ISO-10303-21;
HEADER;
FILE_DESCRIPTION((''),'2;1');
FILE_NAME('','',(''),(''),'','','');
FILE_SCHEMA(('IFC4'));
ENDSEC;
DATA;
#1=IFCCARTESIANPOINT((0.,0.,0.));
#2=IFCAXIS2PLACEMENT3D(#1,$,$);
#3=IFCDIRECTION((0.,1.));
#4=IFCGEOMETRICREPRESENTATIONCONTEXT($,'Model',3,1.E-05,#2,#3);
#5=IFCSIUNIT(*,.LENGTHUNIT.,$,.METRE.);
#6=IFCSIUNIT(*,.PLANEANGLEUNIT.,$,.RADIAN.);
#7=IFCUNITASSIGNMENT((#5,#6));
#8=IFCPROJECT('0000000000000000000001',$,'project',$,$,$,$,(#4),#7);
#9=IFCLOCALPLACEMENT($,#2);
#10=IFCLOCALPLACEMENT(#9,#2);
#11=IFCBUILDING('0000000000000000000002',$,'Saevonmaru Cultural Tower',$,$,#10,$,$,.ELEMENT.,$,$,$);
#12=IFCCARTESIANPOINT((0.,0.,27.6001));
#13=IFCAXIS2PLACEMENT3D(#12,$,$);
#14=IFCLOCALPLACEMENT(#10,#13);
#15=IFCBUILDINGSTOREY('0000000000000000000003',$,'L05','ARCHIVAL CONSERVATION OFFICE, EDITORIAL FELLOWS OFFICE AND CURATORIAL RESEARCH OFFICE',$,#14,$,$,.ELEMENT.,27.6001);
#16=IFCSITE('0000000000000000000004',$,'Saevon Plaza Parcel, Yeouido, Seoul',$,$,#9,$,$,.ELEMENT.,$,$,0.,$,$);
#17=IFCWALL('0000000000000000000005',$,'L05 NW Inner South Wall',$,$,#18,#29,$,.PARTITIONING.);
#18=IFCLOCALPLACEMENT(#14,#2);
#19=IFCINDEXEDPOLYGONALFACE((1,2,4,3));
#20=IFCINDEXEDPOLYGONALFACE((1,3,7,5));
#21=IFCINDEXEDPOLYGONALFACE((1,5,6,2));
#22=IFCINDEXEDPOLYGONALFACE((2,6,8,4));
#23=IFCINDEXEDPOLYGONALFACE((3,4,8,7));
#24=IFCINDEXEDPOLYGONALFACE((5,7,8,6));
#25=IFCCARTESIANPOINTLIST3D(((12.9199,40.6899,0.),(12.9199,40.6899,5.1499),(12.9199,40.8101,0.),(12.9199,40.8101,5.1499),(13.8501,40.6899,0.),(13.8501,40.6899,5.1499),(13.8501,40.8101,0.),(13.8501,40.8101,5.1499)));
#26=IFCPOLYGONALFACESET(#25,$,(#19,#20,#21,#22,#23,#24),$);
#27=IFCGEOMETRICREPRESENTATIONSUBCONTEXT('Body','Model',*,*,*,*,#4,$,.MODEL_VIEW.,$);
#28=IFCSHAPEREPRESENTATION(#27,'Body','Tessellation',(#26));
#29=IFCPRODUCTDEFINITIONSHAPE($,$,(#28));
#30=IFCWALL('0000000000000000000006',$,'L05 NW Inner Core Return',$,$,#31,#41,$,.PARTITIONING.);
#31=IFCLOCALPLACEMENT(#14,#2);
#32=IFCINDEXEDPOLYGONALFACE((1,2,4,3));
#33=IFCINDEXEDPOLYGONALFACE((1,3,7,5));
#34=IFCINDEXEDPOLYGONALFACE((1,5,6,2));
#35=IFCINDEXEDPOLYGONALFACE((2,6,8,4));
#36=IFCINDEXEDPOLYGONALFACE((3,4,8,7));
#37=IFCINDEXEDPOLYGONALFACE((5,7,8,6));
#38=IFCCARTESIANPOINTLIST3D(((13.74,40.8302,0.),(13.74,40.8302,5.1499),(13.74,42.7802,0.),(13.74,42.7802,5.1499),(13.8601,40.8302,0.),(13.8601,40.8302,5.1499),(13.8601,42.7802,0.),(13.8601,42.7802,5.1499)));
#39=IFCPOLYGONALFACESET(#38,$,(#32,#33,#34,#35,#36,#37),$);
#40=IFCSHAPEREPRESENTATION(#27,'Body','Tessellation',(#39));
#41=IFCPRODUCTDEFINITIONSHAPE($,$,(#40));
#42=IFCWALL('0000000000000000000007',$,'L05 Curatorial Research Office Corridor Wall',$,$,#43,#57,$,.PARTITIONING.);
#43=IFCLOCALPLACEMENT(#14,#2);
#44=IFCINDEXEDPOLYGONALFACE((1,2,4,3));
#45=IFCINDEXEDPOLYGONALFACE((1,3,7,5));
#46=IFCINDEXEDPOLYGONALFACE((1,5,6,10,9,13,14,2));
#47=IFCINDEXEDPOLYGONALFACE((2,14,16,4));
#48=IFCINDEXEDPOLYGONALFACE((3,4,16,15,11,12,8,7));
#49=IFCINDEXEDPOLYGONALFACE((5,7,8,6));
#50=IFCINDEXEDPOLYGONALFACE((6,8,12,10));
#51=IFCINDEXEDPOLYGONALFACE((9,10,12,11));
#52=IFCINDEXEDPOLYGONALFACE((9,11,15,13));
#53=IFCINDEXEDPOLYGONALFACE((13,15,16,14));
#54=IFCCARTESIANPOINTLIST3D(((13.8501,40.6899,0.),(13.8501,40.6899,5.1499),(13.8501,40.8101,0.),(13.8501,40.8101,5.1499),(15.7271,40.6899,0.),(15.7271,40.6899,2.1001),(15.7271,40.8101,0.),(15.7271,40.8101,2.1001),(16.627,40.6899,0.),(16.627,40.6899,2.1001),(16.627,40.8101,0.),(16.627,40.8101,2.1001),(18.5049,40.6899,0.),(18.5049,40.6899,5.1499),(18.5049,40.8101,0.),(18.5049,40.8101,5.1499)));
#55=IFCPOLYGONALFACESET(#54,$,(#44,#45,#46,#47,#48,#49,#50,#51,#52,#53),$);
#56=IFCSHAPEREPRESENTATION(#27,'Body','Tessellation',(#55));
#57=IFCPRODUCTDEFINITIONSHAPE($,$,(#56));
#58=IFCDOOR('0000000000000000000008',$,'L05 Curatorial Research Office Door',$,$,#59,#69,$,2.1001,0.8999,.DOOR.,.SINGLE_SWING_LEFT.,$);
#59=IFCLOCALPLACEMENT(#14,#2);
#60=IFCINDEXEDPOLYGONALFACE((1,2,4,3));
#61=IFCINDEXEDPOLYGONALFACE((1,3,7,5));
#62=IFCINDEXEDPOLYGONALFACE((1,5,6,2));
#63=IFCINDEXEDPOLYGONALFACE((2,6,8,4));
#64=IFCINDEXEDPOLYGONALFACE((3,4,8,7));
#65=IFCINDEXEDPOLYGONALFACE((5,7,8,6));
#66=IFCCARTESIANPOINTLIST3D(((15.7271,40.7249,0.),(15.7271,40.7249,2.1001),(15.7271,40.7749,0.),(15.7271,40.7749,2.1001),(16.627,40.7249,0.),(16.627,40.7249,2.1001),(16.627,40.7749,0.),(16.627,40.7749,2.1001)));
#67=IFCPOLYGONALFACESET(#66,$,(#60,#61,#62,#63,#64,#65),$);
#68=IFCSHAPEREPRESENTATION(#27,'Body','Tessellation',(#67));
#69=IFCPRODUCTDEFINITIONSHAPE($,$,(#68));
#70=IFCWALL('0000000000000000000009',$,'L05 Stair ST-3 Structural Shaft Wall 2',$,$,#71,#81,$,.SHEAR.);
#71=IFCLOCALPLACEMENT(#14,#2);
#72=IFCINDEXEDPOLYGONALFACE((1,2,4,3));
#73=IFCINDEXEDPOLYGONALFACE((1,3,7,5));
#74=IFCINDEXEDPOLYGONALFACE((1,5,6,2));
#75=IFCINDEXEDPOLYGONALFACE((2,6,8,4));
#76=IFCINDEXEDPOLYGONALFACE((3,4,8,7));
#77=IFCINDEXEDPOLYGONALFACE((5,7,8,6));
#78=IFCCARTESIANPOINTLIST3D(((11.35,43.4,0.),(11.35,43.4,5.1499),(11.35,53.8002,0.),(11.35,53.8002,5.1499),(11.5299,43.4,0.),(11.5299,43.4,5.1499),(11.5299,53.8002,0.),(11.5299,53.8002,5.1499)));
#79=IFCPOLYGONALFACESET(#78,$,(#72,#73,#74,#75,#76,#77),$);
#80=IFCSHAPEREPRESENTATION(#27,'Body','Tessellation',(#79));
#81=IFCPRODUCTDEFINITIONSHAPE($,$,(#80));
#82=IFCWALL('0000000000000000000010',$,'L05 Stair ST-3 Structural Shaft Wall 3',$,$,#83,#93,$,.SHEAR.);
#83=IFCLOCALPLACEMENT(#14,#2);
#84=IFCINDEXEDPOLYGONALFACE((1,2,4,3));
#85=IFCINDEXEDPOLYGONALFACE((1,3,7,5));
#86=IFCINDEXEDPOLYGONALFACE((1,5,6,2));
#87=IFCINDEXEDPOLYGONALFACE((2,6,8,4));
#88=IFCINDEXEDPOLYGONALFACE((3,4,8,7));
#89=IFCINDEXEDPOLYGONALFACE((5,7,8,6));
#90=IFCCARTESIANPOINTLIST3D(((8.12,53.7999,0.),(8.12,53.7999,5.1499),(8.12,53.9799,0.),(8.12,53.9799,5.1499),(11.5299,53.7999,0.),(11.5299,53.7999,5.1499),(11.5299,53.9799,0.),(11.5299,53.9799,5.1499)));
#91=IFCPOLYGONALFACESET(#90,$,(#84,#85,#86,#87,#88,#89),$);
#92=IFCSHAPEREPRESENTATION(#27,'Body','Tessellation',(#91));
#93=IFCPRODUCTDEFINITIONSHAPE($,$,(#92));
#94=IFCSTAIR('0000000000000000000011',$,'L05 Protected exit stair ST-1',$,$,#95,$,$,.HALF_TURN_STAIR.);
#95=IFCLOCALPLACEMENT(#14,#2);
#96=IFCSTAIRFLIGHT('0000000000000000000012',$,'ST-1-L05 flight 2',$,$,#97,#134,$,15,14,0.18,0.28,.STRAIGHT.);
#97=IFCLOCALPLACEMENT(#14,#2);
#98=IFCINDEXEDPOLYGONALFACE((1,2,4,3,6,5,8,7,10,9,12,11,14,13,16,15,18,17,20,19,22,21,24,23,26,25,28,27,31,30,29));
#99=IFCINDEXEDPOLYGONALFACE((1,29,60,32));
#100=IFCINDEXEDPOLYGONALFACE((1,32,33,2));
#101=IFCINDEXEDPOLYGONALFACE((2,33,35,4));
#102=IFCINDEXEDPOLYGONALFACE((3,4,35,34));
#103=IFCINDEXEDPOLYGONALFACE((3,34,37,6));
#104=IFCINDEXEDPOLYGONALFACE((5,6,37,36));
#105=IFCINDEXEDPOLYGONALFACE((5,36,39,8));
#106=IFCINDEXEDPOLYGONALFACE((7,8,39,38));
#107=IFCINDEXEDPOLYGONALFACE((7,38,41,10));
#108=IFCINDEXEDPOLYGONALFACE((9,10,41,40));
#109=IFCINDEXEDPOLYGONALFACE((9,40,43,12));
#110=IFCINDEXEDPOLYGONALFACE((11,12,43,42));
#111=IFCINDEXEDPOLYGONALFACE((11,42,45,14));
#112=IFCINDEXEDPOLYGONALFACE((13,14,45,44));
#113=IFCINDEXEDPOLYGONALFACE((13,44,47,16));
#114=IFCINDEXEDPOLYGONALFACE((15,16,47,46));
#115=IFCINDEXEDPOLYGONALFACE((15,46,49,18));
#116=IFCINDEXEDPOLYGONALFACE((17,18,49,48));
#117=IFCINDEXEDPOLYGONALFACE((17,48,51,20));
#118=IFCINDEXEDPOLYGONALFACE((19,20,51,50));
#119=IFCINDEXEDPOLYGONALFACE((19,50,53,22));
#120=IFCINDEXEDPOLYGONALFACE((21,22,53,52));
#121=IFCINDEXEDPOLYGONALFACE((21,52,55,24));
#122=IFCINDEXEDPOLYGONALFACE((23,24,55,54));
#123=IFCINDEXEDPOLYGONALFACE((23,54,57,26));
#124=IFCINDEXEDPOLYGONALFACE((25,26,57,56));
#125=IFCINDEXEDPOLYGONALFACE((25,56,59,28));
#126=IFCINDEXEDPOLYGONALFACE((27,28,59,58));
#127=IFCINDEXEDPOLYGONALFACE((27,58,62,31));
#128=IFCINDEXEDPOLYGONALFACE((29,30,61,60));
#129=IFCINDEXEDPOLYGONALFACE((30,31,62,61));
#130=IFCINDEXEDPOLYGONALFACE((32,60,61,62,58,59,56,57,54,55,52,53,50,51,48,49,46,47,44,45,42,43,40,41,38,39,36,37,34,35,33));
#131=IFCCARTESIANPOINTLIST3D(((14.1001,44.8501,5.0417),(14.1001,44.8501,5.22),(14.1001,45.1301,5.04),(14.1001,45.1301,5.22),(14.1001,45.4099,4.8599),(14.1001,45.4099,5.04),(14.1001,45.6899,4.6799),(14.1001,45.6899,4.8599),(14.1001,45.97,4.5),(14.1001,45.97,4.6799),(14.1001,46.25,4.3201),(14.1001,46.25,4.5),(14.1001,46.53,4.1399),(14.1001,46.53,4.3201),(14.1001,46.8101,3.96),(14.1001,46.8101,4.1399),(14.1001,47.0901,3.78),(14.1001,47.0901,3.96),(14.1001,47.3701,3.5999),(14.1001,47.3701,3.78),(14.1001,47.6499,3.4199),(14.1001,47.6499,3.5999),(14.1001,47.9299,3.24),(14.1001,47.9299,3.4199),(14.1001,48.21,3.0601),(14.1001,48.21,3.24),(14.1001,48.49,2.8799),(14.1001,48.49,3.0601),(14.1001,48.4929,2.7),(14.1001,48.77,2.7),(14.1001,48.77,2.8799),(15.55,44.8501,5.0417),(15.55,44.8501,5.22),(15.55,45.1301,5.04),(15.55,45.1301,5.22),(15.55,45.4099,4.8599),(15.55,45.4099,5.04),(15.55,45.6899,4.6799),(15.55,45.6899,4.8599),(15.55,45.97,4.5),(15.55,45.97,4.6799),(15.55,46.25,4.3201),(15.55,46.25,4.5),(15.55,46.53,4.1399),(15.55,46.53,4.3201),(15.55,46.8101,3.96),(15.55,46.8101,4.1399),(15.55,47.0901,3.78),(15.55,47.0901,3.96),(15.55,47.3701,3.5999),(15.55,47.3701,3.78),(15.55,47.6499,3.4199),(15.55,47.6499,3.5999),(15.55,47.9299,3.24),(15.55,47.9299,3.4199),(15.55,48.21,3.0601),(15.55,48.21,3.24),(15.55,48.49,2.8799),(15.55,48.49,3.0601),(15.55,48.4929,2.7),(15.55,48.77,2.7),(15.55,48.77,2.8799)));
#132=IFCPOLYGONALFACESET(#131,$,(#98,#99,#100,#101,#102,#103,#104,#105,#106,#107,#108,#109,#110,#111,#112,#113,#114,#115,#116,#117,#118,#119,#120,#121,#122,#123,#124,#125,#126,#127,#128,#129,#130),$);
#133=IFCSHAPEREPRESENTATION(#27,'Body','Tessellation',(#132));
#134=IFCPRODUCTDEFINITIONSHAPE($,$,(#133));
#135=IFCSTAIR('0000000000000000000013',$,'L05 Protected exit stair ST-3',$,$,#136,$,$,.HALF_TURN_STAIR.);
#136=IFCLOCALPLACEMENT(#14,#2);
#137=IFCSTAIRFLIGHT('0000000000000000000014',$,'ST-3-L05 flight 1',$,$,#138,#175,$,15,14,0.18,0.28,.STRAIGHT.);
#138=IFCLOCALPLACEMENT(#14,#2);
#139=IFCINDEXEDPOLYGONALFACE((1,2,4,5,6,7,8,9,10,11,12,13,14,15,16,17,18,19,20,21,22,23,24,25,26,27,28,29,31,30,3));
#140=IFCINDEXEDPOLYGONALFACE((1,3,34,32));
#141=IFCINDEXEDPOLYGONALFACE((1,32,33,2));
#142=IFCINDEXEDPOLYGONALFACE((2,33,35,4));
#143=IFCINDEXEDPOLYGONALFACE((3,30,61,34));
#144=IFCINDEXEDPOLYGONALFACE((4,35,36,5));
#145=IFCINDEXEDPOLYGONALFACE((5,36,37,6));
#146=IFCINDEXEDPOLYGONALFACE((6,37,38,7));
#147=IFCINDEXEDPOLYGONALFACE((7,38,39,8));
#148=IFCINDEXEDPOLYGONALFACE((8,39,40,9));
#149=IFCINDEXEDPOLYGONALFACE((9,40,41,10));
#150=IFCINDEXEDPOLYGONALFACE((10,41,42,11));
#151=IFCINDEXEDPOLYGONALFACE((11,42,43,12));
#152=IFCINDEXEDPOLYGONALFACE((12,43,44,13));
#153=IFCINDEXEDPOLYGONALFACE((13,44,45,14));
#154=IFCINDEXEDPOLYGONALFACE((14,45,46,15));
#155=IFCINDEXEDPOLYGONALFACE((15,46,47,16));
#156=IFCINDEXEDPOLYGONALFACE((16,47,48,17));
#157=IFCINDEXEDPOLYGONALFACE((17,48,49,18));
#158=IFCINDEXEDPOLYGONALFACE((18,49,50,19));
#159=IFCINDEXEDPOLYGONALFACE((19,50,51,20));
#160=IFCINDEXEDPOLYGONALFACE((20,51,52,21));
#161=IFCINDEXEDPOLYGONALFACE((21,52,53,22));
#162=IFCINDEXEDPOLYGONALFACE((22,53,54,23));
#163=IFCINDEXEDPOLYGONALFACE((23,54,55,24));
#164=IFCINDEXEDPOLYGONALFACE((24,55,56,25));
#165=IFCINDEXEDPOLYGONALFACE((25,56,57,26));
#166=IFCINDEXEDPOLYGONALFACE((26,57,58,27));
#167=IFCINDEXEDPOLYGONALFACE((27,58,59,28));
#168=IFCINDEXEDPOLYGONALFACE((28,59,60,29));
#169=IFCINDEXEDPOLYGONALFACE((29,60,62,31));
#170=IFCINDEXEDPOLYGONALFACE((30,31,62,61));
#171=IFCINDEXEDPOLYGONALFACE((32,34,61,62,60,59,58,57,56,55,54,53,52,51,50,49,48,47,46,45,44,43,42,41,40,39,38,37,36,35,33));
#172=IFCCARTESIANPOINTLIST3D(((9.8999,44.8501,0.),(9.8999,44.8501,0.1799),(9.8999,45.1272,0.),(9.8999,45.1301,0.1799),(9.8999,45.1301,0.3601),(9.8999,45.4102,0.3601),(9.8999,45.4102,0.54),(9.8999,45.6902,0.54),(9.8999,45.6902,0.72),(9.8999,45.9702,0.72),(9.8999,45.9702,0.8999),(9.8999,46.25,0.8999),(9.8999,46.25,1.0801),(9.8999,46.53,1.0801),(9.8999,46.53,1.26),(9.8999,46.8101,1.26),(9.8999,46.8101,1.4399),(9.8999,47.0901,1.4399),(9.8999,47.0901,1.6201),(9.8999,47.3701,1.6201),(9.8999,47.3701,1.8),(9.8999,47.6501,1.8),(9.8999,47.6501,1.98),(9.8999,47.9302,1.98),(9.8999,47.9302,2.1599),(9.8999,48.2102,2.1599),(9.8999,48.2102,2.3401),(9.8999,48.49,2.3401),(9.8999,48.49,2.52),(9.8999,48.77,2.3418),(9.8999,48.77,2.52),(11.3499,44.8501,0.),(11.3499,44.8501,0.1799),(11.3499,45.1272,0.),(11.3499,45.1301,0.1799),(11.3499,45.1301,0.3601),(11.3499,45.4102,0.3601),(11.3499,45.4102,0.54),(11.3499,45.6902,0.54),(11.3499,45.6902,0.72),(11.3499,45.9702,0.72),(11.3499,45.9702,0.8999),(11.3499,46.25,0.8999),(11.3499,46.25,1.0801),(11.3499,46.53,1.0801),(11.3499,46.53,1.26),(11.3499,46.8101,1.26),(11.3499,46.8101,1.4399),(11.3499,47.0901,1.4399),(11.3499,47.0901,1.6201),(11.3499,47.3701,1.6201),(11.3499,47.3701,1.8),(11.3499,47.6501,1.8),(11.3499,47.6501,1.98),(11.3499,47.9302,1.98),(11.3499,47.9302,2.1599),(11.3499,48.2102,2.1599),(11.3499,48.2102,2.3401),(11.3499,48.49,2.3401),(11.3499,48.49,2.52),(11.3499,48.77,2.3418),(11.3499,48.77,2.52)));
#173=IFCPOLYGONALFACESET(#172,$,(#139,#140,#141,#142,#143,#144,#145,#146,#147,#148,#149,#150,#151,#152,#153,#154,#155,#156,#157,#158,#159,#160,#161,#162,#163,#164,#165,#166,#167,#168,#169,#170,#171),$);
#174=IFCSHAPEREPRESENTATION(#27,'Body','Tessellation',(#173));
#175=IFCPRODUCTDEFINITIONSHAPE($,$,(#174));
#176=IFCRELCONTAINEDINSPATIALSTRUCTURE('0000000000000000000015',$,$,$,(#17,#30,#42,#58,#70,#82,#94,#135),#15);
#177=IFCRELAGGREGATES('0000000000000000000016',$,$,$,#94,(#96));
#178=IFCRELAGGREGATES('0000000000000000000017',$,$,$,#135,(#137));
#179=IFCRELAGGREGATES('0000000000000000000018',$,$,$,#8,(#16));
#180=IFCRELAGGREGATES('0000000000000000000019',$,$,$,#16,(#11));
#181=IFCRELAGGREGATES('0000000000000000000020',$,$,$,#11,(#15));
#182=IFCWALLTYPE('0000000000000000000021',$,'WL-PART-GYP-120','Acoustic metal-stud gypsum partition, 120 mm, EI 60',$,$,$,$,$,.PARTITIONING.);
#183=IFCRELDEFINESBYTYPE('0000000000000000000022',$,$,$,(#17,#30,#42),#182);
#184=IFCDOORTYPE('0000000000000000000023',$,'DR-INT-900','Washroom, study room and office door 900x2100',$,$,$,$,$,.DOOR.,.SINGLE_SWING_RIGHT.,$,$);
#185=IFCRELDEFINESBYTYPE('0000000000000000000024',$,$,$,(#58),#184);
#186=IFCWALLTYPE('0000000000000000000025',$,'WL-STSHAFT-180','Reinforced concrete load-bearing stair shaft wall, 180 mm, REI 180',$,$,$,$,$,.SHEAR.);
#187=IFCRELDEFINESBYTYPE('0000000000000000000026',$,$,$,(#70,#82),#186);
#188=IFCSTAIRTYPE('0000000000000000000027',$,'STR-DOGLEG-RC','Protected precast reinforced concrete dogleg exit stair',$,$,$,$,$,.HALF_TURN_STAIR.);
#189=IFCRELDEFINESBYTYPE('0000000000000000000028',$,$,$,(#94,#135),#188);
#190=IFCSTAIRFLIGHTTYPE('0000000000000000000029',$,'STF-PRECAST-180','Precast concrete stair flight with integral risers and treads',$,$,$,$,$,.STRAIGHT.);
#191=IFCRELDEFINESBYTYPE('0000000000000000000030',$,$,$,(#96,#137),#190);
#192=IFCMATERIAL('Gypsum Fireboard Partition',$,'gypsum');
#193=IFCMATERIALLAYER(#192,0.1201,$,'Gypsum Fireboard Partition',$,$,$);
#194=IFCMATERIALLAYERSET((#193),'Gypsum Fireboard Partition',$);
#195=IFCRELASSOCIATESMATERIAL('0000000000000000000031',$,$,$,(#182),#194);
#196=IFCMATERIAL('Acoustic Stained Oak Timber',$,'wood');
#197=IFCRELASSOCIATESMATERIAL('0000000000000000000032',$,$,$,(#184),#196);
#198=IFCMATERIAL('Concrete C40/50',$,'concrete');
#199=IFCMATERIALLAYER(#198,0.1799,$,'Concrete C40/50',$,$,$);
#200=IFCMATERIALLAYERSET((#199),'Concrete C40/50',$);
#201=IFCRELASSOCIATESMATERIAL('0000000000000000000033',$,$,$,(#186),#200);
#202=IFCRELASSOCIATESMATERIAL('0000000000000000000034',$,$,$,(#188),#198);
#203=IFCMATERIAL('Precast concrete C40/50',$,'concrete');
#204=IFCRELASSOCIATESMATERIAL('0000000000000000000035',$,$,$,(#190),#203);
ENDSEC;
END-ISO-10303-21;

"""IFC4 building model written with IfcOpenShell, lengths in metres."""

from ifc_helpers import new_model, si_unit, direction, frame, frame_2d, origin, place, context, subcontext, project, spatial, polyline, rectangle, outline, extrude, material, layer, layer_set, type_object, element, fill, aggregate, save


model = new_model("IFC4")

# Units and contexts
model_context = context("Model", 3, precision=1e-05, world=origin(), true_north=direction((0.0, 1.0)))
body_context = subcontext(model_context, "Body", "Model", "MODEL_VIEW")
ifc_project = project(units=[si_unit("LENGTHUNIT", "METRE"), si_unit("PLANEANGLEUNIT", "RADIAN")], contexts=[model_context])

# Site, building, storey
site_placement = place(None, origin())
site = spatial("IfcSite", under=ifc_project, at=site_placement, Name="Saevon Plaza Parcel, Yeouido, Seoul", CompositionType="ELEMENT", RefElevation=0.0)
building_placement = place(site_placement, origin())
building = spatial("IfcBuilding", under=site, at=building_placement, Name="Saevonmaru Cultural Tower", CompositionType="ELEMENT")
storey_placement = place(building_placement, frame((0.0, 0.0, 27.6001)))
storey = spatial("IfcBuildingStorey", under=building, at=storey_placement, Name="L05", Description="ARCHIVAL CONSERVATION OFFICE, EDITORIAL FELLOWS OFFICE AND CURATORIAL RESEARCH OFFICE", CompositionType="ELEMENT", Elevation=27.6001)

# Walls
ifc_material_1 = material(Name="Gypsum Fireboard Partition", Category="gypsum")
ifc_layer_1 = layer(ifc_material_1, 0.1201, Name="Gypsum Fireboard Partition")
ifc_layer_set_1 = layer_set([ifc_layer_1], Name="Gypsum Fireboard Partition")
wall_type_1 = type_object("IfcWallType", Name="WL-PART-GYP-120", Description="Acoustic metal-stud gypsum partition, 120 mm, EI 60", PredefinedType="PARTITIONING", material=ifc_layer_set_1)
wall_1_placement = place(storey_placement, frame((12.9199, 40.75, 0.0), z_axis=(0.0, 0.0, 1.0), x_axis=(1.0, 0.0, 0.0)))
element("IfcWall", 1, at=wall_1_placement, inside=storey, type_object=wall_type_1, Name="L05 NW Inner South Wall", PredefinedType="PARTITIONING", context=body_context, shape_type="SweptSolid", body=[
    extrude(rectangle(XDim=0.9302, YDim=0.1201, at=frame_2d((0.4651, 0.0))), origin(), (0.0, 0.0, 1.0), 5.1499),
])
wall_2_placement = place(storey_placement, frame((13.8, 40.8301, 0.0), z_axis=(0.0, 0.0, 1.0), x_axis=(0.0, 1.0, 0.0)))
element("IfcWall", 2, at=wall_2_placement, inside=storey, type_object=wall_type_1, Name="L05 NW Inner Core Return", PredefinedType="PARTITIONING", context=body_context, shape_type="SweptSolid", body=[
    extrude(rectangle(XDim=1.95, YDim=0.1201, at=frame_2d((0.9751, 0.0))), origin(), (0.0, 0.0, 1.0), 5.1499),
])

# Wall, opening, door
wall_3_placement = place(storey_placement, frame((13.8501, 40.75, 0.0), z_axis=(0.0, 0.0, 1.0), x_axis=(1.0, 0.0, 0.0)))
wall_3 = element("IfcWall", 3, at=wall_3_placement, inside=storey, type_object=wall_type_1, Name="L05 Curatorial Research Office Corridor Wall", PredefinedType="PARTITIONING", context=body_context, shape_type="SweptSolid", body=[
    extrude(rectangle(XDim=4.6548, YDim=0.1201, at=frame_2d((2.3274, 0.0))), origin(), (0.0, 0.0, 1.0), 5.1499),
])
opening_1_placement = place(wall_3_placement, frame((1.877, 0.0, 0.0)))
opening_1 = element("IfcOpeningElement", 4, at=opening_1_placement, cuts=wall_3, PredefinedType="OPENING", context=body_context, shape_type="SweptSolid", body=[
    extrude(rectangle(XDim=0.8999, YDim=2.1001, at=frame_2d((0.45, 1.05))), frame((0.0, 0.0701, 0.0), z_axis=(0.0, -1.0, 0.0), x_axis=(1.0, 0.0, 0.0)), (0.0, 0.0, 1.0), 0.1401),
])
ifc_material_2 = material(Name="Acoustic Stained Oak Timber", Category="wood")
door_type_1 = type_object("IfcDoorType", Name="DR-INT-900", Description="Washroom, study room and office door 900x2100", OperationType="SINGLE_SWING_RIGHT", PredefinedType="DOOR", material=ifc_material_2)
door_1_placement = place(opening_1_placement, origin())
door_1 = element("IfcDoor", 5, at=door_1_placement, inside=storey, type_object=door_type_1, Name="L05 Curatorial Research Office Door", OperationType="SINGLE_SWING_LEFT", OverallHeight=2.1001, OverallWidth=0.8999, PredefinedType="DOOR", context=body_context, shape_type="SweptSolid", body=[
    extrude(rectangle(XDim=0.8999, YDim=2.1001, at=frame_2d((0.45, 1.05))), frame((0.0, 0.0249, 0.0), z_axis=(0.0, -1.0, 0.0), x_axis=(1.0, 0.0, 0.0)), (0.0, 0.0, 1.0), 0.05),
])
fill(opening_1, door_1)

# Walls
ifc_material_3 = material(Name="Concrete C40/50", Category="concrete")
ifc_layer_2 = layer(ifc_material_3, 0.1799, Name="Concrete C40/50")
ifc_layer_set_2 = layer_set([ifc_layer_2], Name="Concrete C40/50")
wall_type_2 = type_object("IfcWallType", Name="WL-STSHAFT-180", Description="Reinforced concrete load-bearing stair shaft wall, 180 mm, REI 180", PredefinedType="SHEAR", material=ifc_layer_set_2)
wall_4_placement = place(storey_placement, frame((11.4399, 43.3999, 0.0), z_axis=(0.0, 0.0, 1.0), x_axis=(0.0, 1.0, 0.0)))
element("IfcWall", 6, at=wall_4_placement, inside=storey, type_object=wall_type_2, Name="L05 Stair ST-3 Structural Shaft Wall 2", PredefinedType="SHEAR", context=body_context, shape_type="SweptSolid", body=[
    extrude(rectangle(XDim=10.4001, YDim=0.1799, at=frame_2d((5.2002, 0.0))), origin(), (0.0, 0.0, 1.0), 5.1499),
])
wall_5_placement = place(storey_placement, frame((11.53, 53.8899, 0.0), z_axis=(0.0, 0.0, 1.0), x_axis=(-1.0, 0.0, 0.0)))
element("IfcWall", 7, at=wall_5_placement, inside=storey, type_object=wall_type_2, Name="L05 Stair ST-3 Structural Shaft Wall 3", PredefinedType="SHEAR", context=body_context, shape_type="SweptSolid", body=[
    extrude(rectangle(XDim=3.4099, YDim=0.1799, at=frame_2d((1.7051, 0.0))), origin(), (0.0, 0.0, 1.0), 5.1499),
])

# Stairs, stair flights
stair_type = type_object("IfcStairType", Name="STR-DOGLEG-RC", Description="Protected precast reinforced concrete dogleg exit stair", PredefinedType="HALF_TURN_STAIR", material=ifc_material_3)
stair_1_placement = place(storey_placement, origin())
stair_1 = element("IfcStair", 8, at=stair_1_placement, inside=storey, type_object=stair_type, Name="L05 Protected exit stair ST-1", PredefinedType="HALF_TURN_STAIR")
ifc_material_4 = material(Name="Precast concrete C40/50", Category="concrete")
stair_flight_type = type_object("IfcStairFlightType", Name="STF-PRECAST-180", Description="Precast concrete stair flight with integral risers and treads", PredefinedType="STRAIGHT", material=ifc_material_4)
stair_flight_1_placement = place(storey_placement, frame((14.825, 48.77, 2.7), z_axis=(0.0, 0.0, 1.0), x_axis=(0.0, -1.0, 0.0)))
stair_flight_1 = element("IfcStairFlight", 9, at=stair_flight_1_placement, type_object=stair_flight_type, Name="ST-1-L05 flight 2", NumberOfRisers=15, NumberOfTreads=14, PredefinedType="STRAIGHT", RiserHeight=0.18, TreadLength=0.28, context=body_context, shape_type="SweptSolid", body=[
    extrude(outline(polyline([(0.0, 0.0), (0.0, 0.1799), (0.28, 0.1799), (0.28, 0.3601), (0.5601, 0.3601), (0.5601, 0.54), (0.8401, 0.54), (0.8401, 0.72), (1.1201, 0.72), (1.1201, 0.8999), (1.3999, 0.8999), (1.3999, 1.0801), (1.6799, 1.0801), (1.6799, 1.26), (1.96, 1.26), (1.96, 1.4399), (2.24, 1.4399), (2.24, 1.6201), (2.52, 1.6201), (2.52, 1.8), (2.8, 1.8), (2.8, 1.98), (3.0801, 1.98), (3.0801, 2.1599), (3.3601, 2.1599), (3.3601, 2.3401), (3.6399, 2.3401), (3.6399, 2.52), (3.9199, 2.52), (3.9199, 2.7), (3.9199, 2.3418), (0.2771, 0.0), (0.0, 0.0)])), frame((0.0, 0.7251, 0.0), z_axis=(0.0, -1.0, 0.0), x_axis=(1.0, 0.0, 0.0)), (0.0, 0.0, 1.0), 1.45),
])
aggregate(stair_1, [stair_flight_1])
stair_2_placement = place(storey_placement, origin())
stair_2 = element("IfcStair", 10, at=stair_2_placement, inside=storey, type_object=stair_type, Name="L05 Protected exit stair ST-3", PredefinedType="HALF_TURN_STAIR")
stair_flight_2_placement = place(storey_placement, frame((10.625, 44.8501, 0.0), z_axis=(0.0, 0.0, 1.0), x_axis=(0.0, 1.0, 0.0)))
stair_flight_2 = element("IfcStairFlight", 11, at=stair_flight_2_placement, type_object=stair_flight_type, Name="ST-3-L05 flight 1", NumberOfRisers=15, NumberOfTreads=14, PredefinedType="STRAIGHT", RiserHeight=0.18, TreadLength=0.28, context=body_context, shape_type="SweptSolid", body=[
    extrude(outline(polyline([(0.0, 0.0), (0.0, 0.1799), (0.28, 0.1799), (0.28, 0.3601), (0.5601, 0.3601), (0.5601, 0.54), (0.8401, 0.54), (0.8401, 0.72), (1.1201, 0.72), (1.1201, 0.8999), (1.3999, 0.8999), (1.3999, 1.0801), (1.6799, 1.0801), (1.6799, 1.26), (1.96, 1.26), (1.96, 1.4399), (2.24, 1.4399), (2.24, 1.6201), (2.52, 1.6201), (2.52, 1.8), (2.8, 1.8), (2.8, 1.98), (3.0801, 1.98), (3.0801, 2.1599), (3.3601, 2.1599), (3.3601, 2.3401), (3.6399, 2.3401), (3.6399, 2.52), (3.9199, 2.52), (3.9199, 2.7), (3.9199, 2.3418), (0.2771, 0.0), (0.0, 0.0)])), frame((0.0, 0.7251, 0.0), z_axis=(0.0, -1.0, 0.0), x_axis=(1.0, 0.0, 0.0)), (0.0, 0.0, 1.0), 1.45),
])
aggregate(stair_2, [stair_flight_2])

save(model, "model.ifc")
